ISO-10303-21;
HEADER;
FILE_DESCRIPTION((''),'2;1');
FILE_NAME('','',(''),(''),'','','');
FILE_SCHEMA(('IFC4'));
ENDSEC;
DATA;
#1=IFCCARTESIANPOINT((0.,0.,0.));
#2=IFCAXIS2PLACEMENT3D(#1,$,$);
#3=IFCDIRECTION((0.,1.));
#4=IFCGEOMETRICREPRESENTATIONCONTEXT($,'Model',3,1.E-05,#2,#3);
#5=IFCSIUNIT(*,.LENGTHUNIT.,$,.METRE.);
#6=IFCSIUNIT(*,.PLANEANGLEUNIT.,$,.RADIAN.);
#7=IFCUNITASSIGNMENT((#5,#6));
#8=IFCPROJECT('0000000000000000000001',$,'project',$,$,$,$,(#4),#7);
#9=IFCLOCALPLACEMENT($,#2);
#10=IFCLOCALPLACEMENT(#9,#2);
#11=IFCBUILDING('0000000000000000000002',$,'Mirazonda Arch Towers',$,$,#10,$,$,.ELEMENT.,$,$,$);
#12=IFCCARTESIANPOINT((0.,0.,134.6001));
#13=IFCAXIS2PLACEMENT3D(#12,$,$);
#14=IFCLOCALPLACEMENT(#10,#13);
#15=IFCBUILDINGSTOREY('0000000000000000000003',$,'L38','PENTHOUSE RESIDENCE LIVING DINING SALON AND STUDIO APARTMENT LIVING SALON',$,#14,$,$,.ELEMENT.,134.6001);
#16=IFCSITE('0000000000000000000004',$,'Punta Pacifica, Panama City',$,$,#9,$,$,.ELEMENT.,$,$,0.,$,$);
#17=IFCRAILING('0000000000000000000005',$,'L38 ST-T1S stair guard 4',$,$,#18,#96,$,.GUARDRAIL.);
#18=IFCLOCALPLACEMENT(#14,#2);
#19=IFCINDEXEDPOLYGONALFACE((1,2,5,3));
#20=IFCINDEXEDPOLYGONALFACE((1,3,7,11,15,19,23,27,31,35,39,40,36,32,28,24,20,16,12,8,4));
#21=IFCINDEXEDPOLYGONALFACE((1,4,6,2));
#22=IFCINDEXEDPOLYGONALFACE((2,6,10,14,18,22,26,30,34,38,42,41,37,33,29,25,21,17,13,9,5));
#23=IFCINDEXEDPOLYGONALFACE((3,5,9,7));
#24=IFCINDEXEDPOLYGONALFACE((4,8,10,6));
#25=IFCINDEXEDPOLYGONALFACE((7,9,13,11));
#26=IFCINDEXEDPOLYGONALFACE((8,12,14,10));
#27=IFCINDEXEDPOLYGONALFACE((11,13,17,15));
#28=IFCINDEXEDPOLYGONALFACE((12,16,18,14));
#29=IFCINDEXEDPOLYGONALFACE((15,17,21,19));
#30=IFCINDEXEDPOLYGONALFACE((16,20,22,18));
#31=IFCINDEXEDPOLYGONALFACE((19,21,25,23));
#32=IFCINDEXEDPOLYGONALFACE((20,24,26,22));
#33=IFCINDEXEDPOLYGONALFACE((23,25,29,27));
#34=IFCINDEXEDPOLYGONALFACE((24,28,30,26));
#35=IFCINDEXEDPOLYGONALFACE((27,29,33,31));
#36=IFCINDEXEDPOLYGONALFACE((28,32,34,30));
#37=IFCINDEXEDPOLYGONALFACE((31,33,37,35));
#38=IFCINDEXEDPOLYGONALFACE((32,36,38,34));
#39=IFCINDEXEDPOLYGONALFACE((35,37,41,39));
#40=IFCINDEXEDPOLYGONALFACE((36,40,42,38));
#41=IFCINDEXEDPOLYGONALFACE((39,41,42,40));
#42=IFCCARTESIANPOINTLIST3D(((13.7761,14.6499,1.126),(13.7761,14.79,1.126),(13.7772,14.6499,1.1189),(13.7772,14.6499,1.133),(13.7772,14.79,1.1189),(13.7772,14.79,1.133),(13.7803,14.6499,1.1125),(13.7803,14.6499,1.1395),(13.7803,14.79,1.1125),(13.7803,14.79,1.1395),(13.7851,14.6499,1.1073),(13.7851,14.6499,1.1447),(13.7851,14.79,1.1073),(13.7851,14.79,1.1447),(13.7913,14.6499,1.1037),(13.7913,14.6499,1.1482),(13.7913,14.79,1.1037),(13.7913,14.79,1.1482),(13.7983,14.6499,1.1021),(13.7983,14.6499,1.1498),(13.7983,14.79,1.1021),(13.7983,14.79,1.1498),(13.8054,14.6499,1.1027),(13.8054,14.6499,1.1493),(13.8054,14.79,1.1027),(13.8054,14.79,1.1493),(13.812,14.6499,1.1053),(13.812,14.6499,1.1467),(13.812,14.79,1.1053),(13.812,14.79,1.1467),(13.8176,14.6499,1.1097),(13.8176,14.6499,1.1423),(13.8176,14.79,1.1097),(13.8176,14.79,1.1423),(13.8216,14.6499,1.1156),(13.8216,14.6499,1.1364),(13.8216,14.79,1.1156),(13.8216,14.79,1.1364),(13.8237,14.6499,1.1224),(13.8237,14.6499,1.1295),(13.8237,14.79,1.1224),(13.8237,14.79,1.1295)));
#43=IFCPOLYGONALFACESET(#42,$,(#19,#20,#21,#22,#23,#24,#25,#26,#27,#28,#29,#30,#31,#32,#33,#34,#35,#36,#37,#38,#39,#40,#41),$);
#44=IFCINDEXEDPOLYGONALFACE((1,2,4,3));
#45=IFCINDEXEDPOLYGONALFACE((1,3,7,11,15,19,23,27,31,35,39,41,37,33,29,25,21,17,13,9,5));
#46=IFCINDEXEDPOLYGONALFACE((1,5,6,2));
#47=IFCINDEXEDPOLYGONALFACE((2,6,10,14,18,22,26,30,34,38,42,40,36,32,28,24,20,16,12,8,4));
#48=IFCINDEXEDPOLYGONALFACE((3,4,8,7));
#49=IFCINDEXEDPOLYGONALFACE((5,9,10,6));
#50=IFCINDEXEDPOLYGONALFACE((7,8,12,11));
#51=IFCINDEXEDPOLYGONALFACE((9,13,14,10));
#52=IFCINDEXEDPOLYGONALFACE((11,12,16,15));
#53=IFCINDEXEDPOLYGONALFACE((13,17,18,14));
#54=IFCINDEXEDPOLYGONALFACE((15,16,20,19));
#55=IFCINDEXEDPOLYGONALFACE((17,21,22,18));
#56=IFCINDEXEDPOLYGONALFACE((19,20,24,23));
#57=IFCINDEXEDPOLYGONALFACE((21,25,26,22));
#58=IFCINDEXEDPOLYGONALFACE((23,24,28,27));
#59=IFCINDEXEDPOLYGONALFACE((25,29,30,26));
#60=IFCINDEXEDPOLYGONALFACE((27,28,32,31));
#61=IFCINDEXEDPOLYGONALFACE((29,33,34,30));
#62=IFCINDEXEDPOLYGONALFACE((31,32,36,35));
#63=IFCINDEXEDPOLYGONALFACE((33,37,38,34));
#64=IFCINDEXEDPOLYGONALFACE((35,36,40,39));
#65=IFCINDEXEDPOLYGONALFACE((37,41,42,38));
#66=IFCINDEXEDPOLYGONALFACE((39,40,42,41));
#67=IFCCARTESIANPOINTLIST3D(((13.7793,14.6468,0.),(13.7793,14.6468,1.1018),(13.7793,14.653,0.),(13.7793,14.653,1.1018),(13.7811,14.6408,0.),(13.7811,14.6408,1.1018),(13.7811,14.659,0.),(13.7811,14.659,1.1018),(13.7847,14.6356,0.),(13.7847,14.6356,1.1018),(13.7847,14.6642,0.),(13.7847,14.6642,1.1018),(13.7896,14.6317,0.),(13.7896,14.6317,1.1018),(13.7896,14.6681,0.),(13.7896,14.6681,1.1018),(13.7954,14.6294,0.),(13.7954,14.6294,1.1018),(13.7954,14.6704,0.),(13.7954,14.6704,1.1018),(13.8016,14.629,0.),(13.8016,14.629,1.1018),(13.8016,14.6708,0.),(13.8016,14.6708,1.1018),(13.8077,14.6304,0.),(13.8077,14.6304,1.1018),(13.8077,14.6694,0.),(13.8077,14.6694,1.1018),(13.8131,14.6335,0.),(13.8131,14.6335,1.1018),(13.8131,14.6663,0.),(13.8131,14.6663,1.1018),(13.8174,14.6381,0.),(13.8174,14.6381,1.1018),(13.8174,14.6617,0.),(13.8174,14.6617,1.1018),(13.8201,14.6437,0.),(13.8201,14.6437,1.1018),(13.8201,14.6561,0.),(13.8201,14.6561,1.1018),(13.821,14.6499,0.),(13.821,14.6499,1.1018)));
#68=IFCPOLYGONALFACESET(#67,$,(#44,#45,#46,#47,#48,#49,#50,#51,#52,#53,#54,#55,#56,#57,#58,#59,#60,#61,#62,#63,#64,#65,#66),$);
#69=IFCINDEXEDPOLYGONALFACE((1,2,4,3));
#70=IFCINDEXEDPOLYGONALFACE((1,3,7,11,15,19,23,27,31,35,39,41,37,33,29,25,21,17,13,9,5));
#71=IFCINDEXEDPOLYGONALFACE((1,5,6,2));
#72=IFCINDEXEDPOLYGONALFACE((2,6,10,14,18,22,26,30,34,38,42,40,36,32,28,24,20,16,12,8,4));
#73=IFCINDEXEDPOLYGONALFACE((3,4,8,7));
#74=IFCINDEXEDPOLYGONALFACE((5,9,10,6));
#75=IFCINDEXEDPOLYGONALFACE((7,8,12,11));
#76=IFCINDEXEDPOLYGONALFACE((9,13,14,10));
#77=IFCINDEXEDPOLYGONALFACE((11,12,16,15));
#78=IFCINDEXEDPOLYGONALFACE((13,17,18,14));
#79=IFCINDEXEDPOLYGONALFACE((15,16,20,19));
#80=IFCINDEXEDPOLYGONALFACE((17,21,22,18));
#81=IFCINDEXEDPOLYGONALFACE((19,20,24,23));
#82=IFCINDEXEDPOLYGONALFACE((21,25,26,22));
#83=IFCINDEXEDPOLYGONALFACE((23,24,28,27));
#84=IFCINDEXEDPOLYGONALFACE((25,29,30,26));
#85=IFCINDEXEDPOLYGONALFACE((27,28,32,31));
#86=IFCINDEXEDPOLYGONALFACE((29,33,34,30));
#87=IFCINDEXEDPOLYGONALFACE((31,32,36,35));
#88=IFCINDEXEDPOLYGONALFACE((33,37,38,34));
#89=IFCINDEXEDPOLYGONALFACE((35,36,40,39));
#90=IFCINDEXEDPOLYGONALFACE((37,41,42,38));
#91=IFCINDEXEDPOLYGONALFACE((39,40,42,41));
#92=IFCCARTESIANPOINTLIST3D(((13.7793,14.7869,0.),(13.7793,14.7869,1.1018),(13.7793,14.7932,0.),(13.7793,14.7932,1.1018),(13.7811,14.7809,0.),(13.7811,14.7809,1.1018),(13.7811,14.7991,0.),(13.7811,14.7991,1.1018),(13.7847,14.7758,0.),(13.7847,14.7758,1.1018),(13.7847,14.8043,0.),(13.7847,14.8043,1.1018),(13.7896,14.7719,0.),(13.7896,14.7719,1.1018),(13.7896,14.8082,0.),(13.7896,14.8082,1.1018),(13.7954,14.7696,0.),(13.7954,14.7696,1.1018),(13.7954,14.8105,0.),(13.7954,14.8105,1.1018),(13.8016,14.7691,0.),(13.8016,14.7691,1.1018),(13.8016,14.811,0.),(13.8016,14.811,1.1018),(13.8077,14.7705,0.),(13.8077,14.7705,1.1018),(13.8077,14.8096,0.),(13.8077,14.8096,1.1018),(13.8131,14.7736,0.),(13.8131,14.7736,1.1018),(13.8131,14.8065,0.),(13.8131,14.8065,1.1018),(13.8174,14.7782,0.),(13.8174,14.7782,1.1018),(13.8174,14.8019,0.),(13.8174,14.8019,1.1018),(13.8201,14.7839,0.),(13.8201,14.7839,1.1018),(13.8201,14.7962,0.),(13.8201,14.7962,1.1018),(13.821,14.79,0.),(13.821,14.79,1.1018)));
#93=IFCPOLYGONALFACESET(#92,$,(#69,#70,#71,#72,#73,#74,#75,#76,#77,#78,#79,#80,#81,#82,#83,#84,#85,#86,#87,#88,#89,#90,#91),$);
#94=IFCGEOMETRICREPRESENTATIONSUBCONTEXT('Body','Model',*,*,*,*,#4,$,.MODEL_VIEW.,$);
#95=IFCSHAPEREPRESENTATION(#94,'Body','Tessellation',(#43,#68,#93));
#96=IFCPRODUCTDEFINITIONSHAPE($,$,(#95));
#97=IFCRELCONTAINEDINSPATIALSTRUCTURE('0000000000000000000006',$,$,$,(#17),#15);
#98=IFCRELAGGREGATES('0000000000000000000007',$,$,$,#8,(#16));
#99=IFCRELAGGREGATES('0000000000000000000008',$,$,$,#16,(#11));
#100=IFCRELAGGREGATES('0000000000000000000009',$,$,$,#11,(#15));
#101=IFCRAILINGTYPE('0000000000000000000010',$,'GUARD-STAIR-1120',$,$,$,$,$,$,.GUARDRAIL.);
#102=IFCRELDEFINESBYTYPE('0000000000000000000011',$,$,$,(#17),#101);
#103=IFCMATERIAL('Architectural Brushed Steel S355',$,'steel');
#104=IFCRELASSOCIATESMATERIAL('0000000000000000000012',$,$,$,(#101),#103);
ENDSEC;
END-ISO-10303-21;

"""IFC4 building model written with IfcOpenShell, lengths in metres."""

from ifc_helpers import new_model, si_unit, direction, frame, origin, origin_2d, place, context, subcontext, project, spatial, circle, extrude, material, type_object, element, save


model = new_model("IFC4")

# Units and contexts
model_context = context("Model", 3, precision=1e-05, world=origin(), true_north=direction((0.0, 1.0)))
body_context = subcontext(model_context, "Body", "Model", "MODEL_VIEW")
ifc_project = project(units=[si_unit("LENGTHUNIT", "METRE"), si_unit("PLANEANGLEUNIT", "RADIAN")], contexts=[model_context])

# Site, building, storey
site_placement = place(None, origin())
site = spatial("IfcSite", under=ifc_project, at=site_placement, Name="Punta Pacifica, Panama City", CompositionType="ELEMENT", RefElevation=0.0)
building_placement = place(site_placement, origin())
building = spatial("IfcBuilding", under=site, at=building_placement, Name="Mirazonda Arch Towers", CompositionType="ELEMENT")
storey_placement = place(building_placement, frame((0.0, 0.0, 134.6001)))
storey = spatial("IfcBuildingStorey", under=building, at=storey_placement, Name="L38", Description="PENTHOUSE RESIDENCE LIVING DINING SALON AND STUDIO APARTMENT LIVING SALON", CompositionType="ELEMENT", Elevation=134.6001)

# Shared definitions
ifc_material_1 = material(Name="Architectural Brushed Steel S355", Category="steel")

# Railing
railing_type = type_object("IfcRailingType", Name="GUARD-STAIR-1120", PredefinedType="GUARDRAIL", material=ifc_material_1)
railing_placement = place(storey_placement, frame((13.8, 14.6499, 0.0)))
element("IfcRailing", 1, at=railing_placement, inside=storey, type_object=railing_type, Name="L38 ST-T1S stair guard 4", PredefinedType="GUARDRAIL", context=body_context, shape_type="SweptSolid", body=[
    extrude(circle(Radius=0.0239, at=origin_2d()), frame((0.0, 0.0, 1.126), z_axis=(0.0, 1.0, 0.0), x_axis=(-1.0, 0.0, 0.0)), (0.0, 0.0, 1.0), 0.1401),
    extrude(circle(Radius=0.021, at=origin_2d()), origin(), (0.0, 0.0, 1.0), 1.1018),
    extrude(circle(Radius=0.021, at=origin_2d()), frame((0.0, 0.1401, 0.0)), (0.0, 0.0, 1.0), 1.1018),
])

save(model, "model.ifc")
